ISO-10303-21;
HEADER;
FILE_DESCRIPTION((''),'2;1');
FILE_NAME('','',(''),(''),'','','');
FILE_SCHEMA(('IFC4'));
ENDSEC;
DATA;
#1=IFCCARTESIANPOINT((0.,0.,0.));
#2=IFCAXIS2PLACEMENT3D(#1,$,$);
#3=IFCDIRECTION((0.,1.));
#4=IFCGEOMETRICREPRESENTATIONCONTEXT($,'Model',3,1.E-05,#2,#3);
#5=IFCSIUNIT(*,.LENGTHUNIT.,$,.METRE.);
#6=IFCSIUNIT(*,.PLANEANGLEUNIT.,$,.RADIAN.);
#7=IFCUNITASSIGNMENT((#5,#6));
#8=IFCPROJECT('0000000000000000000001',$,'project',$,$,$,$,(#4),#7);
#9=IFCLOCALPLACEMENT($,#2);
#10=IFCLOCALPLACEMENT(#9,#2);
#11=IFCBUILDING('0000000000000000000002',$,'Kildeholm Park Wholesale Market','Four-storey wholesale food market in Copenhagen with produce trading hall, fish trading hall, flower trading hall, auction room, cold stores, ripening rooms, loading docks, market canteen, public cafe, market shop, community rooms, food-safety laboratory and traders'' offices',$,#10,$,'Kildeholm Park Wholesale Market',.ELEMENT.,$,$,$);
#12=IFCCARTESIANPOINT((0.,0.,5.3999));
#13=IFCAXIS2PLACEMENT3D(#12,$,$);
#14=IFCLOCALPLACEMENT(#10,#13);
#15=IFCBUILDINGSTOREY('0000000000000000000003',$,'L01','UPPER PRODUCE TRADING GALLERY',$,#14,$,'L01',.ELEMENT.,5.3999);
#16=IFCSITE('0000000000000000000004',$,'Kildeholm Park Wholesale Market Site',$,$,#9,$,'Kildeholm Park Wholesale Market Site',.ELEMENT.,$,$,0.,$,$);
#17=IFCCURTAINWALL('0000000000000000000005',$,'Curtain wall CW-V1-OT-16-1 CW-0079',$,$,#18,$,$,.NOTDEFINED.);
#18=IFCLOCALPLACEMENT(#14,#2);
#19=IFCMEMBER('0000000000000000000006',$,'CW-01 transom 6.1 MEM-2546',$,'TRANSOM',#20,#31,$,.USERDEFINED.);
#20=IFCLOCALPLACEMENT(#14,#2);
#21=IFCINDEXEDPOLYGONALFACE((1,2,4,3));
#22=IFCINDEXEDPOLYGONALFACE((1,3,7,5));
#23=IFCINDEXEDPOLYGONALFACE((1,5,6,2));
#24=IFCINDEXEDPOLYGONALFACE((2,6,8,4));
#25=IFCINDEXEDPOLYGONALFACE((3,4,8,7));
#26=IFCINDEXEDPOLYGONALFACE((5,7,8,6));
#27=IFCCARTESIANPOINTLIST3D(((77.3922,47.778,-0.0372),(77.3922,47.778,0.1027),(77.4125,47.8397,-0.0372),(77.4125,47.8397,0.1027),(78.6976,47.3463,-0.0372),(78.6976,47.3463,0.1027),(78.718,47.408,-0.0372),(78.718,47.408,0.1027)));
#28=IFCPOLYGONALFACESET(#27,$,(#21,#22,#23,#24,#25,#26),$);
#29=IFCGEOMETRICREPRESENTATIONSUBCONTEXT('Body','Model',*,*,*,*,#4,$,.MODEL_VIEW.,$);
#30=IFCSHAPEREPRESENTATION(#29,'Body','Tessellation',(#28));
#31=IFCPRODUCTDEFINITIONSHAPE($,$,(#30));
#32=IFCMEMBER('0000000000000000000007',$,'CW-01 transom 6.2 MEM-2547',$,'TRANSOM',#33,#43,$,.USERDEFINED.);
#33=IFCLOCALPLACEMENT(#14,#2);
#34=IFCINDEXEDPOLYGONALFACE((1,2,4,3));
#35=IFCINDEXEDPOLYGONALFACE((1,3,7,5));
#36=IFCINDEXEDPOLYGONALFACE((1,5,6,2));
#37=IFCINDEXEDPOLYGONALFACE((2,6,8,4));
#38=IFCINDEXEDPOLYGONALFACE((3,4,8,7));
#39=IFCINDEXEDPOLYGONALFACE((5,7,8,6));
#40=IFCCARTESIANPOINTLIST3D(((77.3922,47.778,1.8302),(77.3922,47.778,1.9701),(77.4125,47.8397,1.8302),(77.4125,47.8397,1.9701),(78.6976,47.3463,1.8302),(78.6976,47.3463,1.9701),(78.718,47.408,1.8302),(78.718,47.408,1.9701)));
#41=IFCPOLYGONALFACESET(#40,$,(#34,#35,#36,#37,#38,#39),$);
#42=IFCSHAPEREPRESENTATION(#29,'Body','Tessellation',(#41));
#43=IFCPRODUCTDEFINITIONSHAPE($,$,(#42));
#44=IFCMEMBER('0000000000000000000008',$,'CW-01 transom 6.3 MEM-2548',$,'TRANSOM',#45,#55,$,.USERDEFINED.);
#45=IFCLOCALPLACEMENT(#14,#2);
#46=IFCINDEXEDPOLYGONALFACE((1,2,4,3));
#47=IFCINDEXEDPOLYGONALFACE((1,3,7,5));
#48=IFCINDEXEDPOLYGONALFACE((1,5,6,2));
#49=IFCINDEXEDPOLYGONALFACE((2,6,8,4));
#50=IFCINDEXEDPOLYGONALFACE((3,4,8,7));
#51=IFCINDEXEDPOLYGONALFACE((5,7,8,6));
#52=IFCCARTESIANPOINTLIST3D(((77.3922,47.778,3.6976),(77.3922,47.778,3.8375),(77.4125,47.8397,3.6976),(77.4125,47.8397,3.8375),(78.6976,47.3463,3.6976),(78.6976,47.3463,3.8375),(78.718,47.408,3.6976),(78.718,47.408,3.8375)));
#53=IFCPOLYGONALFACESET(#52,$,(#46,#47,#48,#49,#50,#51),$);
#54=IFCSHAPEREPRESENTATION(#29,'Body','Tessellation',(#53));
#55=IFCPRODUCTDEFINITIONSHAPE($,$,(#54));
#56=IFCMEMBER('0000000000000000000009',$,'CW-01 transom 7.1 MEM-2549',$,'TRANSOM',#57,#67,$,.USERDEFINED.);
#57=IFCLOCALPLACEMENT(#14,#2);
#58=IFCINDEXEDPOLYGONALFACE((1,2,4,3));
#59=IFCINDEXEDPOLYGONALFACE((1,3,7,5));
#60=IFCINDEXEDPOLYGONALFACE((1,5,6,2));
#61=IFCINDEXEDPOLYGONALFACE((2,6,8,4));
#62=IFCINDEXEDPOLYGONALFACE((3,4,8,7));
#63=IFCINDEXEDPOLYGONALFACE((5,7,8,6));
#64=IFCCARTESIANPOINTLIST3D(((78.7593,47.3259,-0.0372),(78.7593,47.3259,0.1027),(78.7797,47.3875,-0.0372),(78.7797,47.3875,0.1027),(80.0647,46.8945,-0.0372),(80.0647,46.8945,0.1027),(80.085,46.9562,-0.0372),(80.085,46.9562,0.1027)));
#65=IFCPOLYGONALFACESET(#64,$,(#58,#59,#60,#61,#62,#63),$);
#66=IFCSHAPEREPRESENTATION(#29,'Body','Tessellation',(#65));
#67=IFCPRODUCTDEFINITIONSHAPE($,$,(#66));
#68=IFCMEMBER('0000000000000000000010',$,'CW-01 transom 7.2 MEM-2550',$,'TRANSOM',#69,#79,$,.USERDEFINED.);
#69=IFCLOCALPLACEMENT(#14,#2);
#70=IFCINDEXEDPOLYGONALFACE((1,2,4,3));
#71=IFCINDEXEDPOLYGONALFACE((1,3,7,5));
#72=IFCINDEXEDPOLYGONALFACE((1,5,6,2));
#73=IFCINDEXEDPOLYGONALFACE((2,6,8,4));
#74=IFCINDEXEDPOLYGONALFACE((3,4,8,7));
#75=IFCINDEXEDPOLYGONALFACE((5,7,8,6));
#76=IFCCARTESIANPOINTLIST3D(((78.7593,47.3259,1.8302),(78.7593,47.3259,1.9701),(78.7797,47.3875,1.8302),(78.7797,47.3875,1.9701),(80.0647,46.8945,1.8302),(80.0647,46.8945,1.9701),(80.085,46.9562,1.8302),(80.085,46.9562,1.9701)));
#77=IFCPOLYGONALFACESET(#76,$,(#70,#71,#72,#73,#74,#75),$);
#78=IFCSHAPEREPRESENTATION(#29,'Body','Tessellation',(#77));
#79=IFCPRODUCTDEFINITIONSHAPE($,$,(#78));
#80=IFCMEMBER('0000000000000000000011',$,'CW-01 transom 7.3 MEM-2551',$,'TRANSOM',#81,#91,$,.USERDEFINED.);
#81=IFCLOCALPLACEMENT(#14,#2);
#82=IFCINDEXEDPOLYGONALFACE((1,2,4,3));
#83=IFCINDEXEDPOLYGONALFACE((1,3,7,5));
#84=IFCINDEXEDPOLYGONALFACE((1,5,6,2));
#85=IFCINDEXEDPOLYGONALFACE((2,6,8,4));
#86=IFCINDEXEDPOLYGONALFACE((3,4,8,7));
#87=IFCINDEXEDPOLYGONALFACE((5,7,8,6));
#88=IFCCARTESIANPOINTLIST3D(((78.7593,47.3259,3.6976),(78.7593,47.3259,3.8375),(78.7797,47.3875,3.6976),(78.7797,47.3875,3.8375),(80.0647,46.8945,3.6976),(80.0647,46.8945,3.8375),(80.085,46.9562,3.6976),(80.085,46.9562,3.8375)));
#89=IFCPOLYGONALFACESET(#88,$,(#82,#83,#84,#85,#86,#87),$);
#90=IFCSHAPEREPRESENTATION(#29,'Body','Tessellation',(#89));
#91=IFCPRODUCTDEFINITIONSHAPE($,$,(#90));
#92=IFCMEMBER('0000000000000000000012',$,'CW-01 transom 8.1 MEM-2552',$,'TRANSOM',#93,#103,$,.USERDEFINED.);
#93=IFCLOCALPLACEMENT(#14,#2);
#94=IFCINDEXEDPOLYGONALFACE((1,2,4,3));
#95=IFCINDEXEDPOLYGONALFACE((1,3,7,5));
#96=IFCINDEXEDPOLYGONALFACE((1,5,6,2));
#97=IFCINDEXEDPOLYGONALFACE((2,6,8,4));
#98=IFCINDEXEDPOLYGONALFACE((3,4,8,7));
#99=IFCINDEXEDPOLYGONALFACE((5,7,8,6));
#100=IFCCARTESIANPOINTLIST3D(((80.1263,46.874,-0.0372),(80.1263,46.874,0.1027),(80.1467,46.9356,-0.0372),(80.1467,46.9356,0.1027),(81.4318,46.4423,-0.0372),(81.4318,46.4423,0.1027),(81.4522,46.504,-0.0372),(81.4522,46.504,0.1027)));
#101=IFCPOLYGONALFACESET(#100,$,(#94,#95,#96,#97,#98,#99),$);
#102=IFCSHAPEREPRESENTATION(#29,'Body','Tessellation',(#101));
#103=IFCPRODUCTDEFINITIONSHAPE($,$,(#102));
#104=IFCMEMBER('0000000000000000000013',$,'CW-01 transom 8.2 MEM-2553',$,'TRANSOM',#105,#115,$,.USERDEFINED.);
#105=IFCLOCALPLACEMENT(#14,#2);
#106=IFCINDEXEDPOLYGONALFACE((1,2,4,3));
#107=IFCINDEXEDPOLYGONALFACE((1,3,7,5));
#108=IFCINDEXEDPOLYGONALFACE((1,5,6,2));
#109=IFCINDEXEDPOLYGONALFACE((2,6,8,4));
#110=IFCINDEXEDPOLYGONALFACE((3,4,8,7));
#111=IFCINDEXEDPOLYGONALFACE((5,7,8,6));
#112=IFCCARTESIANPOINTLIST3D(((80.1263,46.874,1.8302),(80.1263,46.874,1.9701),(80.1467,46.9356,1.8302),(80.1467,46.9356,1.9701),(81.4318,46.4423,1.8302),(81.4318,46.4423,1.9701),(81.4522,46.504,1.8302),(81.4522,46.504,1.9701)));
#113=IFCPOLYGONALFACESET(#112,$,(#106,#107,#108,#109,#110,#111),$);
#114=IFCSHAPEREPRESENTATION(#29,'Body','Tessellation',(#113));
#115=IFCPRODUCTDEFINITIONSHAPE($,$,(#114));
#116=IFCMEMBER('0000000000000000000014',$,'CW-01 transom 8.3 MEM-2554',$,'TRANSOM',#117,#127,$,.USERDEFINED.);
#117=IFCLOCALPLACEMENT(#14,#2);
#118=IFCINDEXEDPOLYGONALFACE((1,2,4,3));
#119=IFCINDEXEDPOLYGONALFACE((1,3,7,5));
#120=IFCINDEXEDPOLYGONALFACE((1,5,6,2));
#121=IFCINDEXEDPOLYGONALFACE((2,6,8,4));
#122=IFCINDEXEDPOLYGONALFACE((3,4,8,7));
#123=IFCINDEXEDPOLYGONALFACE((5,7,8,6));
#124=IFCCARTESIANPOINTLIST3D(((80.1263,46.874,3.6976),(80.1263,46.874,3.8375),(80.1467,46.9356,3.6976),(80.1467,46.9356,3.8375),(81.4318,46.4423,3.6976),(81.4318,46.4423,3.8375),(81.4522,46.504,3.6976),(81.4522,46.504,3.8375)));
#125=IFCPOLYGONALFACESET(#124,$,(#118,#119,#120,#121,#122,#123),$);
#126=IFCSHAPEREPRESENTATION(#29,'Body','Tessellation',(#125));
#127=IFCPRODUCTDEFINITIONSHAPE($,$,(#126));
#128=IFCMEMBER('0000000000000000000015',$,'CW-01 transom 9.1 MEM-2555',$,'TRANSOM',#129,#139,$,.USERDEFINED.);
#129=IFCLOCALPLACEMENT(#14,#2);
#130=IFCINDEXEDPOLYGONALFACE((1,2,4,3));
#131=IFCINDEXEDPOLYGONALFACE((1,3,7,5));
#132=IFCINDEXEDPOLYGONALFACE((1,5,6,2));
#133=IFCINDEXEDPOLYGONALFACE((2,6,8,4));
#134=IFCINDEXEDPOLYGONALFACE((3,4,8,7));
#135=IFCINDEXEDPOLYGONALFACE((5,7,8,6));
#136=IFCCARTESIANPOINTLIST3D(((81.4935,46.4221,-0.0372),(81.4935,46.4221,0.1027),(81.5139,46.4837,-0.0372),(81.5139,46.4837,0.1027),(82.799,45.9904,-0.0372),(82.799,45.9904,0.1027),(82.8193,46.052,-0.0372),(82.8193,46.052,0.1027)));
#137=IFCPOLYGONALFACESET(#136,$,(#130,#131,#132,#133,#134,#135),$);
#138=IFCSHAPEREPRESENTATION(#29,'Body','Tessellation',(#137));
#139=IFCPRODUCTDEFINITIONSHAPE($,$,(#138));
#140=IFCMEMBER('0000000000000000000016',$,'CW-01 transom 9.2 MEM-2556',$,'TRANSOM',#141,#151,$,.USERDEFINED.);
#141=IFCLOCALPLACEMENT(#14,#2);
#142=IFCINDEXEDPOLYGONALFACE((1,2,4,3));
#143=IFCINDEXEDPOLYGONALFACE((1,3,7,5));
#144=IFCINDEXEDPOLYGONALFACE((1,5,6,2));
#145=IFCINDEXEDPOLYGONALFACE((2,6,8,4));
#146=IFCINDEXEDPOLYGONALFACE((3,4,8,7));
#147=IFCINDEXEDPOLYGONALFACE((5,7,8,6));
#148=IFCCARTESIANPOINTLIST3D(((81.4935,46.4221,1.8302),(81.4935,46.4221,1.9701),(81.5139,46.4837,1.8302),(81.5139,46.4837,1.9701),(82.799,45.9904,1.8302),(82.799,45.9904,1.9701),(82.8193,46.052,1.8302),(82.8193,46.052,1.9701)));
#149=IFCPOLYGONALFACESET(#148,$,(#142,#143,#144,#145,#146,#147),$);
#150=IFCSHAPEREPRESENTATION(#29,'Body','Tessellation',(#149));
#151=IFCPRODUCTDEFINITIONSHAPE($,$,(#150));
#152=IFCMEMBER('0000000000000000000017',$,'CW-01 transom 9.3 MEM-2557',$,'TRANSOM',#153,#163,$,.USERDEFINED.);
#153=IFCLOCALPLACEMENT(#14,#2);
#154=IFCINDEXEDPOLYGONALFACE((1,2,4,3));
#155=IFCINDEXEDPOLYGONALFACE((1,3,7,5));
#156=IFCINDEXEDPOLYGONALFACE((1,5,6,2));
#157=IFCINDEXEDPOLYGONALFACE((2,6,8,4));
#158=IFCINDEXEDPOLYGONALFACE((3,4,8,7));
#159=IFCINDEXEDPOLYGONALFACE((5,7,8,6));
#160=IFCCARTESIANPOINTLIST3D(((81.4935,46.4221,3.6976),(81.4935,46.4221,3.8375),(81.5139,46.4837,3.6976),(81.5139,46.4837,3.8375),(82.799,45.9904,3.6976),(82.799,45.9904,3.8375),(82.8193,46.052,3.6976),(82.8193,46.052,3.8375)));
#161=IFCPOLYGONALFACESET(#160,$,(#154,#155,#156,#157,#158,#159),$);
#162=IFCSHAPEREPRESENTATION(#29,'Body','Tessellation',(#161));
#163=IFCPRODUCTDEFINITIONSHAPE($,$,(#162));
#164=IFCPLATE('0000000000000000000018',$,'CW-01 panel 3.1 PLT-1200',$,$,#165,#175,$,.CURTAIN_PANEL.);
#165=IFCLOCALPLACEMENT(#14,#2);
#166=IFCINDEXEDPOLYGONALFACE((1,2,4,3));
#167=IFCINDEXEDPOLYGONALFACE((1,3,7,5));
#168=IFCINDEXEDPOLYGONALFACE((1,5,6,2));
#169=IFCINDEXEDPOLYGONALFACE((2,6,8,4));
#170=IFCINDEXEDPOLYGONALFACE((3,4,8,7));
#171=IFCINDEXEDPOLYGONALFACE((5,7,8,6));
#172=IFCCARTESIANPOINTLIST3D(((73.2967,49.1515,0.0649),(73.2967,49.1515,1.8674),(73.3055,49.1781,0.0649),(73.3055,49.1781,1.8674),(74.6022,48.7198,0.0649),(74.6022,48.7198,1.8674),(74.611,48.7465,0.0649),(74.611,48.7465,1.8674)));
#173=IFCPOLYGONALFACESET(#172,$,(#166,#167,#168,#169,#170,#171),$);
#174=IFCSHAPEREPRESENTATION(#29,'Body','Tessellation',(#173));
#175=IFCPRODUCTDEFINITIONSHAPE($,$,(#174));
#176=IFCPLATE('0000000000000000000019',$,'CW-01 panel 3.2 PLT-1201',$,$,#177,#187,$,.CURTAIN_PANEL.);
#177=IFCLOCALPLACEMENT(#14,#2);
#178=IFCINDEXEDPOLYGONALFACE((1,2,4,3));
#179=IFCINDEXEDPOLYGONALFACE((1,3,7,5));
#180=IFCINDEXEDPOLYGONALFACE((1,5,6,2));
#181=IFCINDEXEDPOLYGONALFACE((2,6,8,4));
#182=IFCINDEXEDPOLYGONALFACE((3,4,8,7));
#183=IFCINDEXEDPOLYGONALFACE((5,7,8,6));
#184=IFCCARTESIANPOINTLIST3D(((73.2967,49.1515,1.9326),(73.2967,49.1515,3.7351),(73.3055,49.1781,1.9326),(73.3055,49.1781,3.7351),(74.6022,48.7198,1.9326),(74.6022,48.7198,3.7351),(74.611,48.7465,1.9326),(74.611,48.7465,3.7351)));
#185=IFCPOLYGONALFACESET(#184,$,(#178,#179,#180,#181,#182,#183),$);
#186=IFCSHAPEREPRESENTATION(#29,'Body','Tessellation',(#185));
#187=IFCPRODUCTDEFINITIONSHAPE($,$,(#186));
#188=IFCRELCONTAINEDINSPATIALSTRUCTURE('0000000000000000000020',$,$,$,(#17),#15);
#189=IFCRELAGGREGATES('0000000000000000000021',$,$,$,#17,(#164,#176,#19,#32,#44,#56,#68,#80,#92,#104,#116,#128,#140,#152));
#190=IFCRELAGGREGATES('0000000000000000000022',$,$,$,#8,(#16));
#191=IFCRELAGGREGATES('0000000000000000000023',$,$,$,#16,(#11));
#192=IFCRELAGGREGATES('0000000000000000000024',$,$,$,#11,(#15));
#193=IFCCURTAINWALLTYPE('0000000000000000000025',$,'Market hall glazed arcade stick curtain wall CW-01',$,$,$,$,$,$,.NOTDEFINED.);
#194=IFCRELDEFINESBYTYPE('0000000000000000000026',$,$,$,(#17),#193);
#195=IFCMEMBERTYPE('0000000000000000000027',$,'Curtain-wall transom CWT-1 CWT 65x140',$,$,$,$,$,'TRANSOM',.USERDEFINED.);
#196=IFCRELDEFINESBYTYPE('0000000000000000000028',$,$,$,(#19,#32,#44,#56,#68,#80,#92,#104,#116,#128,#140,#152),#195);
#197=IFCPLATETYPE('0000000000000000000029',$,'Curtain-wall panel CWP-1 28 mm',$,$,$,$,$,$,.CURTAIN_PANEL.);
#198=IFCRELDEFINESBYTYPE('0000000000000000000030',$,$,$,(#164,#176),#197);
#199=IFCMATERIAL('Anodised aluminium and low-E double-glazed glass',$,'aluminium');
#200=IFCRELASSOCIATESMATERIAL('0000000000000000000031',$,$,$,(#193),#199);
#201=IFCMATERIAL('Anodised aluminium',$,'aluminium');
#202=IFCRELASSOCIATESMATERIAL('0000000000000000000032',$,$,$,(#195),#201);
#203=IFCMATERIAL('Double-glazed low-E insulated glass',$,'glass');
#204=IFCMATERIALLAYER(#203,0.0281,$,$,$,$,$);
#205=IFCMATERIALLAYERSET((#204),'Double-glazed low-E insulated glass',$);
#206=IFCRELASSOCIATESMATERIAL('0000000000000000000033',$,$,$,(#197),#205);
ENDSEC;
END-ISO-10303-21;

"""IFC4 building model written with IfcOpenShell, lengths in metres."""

from ifc_helpers import new_model, si_unit, direction, frame, origin, origin_2d, place, context, subcontext, project, spatial, rectangle, extrude, material, layer, layer_set, material_profile, profile_set, type_object, element, aggregate, save


model = new_model("IFC4")

# Units and contexts
model_context = context("Model", 3, precision=1e-05, world=origin(), true_north=direction((0.0, 1.0)))
body_context = subcontext(model_context, "Body", "Model", "MODEL_VIEW")
ifc_project = project(units=[si_unit("LENGTHUNIT", "METRE"), si_unit("PLANEANGLEUNIT", "RADIAN")], contexts=[model_context])

# Site, building, storey
site_placement = place(None, origin())
site = spatial("IfcSite", under=ifc_project, at=site_placement, Name="Kildeholm Park Wholesale Market Site", LongName="Kildeholm Park Wholesale Market Site", CompositionType="ELEMENT", RefElevation=0.0)
building_placement = place(site_placement, origin())
building = spatial("IfcBuilding", under=site, at=building_placement, Name="Kildeholm Park Wholesale Market", Description="Four-storey wholesale food market in Copenhagen with produce trading hall, fish trading hall, flower trading hall, auction room, cold stores, ripening rooms, loading docks, market canteen, public cafe, market shop, community rooms, food-safety laboratory and traders' offices", LongName="Kildeholm Park Wholesale Market", CompositionType="ELEMENT")
storey_placement = place(building_placement, frame((0.0, 0.0, 5.3999)))
storey = spatial("IfcBuildingStorey", under=building, at=storey_placement, Name="L01", Description="UPPER PRODUCE TRADING GALLERY", LongName="L01", CompositionType="ELEMENT", Elevation=5.3999)

# Curtain wall, members, plates
ifc_material_1 = material(Name="Anodised aluminium and low-E double-glazed glass", Category="aluminium")
curtain_wall_type = type_object("IfcCurtainWallType", Name="Market hall glazed arcade stick curtain wall CW-01", PredefinedType="NOTDEFINED", material=ifc_material_1)
curtain_wall_placement = place(storey_placement, origin())
curtain_wall = element("IfcCurtainWall", 1, at=curtain_wall_placement, inside=storey, type_object=curtain_wall_type, Name="Curtain wall CW-V1-OT-16-1 CW-0079", PredefinedType="NOTDEFINED")
ifc_material_2 = material(Name="Anodised aluminium", Category="aluminium")
ifc_material_profile_1 = material_profile(ifc_material_2, rectangle(XDim=0.0649, YDim=0.1399, at=origin_2d()), Name="CWT 65x140")
ifc_profile_set_1 = profile_set([ifc_material_profile_1], Name="Anodised aluminium")
member_type_1 = type_object("IfcMemberType", Name="Curtain-wall transom CWT-1 CWT 65x140", ElementType="TRANSOM", PredefinedType="USERDEFINED", material=ifc_profile_set_1)
member_1_placement = place(storey_placement, frame((77.4023, 47.8088, 0.0327), z_axis=(0.949444, -0.313936, 0.0), x_axis=(0.313936, 0.949444, 0.0)))
member_1 = element("IfcMember", 2, at=member_1_placement, type_object=member_type_1, Name="CW-01 transom 6.1 MEM-2546", ObjectType="TRANSOM", PredefinedType="USERDEFINED", context=body_context, shape_type="SweptSolid", body=[
    extrude(rectangle(XDim=0.0649, YDim=0.1399, at=origin_2d()), origin(), (0.0, 0.0, 1.0), 1.375),
])
member_2_placement = place(storey_placement, frame((77.4023, 47.8088, 1.9001), z_axis=(0.949444, -0.313936, 0.0), x_axis=(0.313936, 0.949444, 0.0)))
member_2 = element("IfcMember", 3, at=member_2_placement, type_object=member_type_1, Name="CW-01 transom 6.2 MEM-2547", ObjectType="TRANSOM", PredefinedType="USERDEFINED", context=body_context, shape_type="SweptSolid", body=[
    extrude(rectangle(XDim=0.0649, YDim=0.1399, at=origin_2d()), origin(), (0.0, 0.0, 1.0), 1.375),
])
member_3_placement = place(storey_placement, frame((77.4023, 47.8088, 3.7676), z_axis=(0.949444, -0.313936, 0.0), x_axis=(0.313936, 0.949444, 0.0)))
member_3 = element("IfcMember", 4, at=member_3_placement, type_object=member_type_1, Name="CW-01 transom 6.3 MEM-2548", ObjectType="TRANSOM", PredefinedType="USERDEFINED", context=body_context, shape_type="SweptSolid", body=[
    extrude(rectangle(XDim=0.0649, YDim=0.1399, at=origin_2d()), origin(), (0.0, 0.0, 1.0), 1.375),
])
member_4_placement = place(storey_placement, frame((78.7695, 47.3567, 0.0327), z_axis=(0.949497, -0.313776, 0.0), x_axis=(0.313776, 0.949497, 0.0)))
member_4 = element("IfcMember", 5, at=member_4_placement, type_object=member_type_1, Name="CW-01 transom 7.1 MEM-2549", ObjectType="TRANSOM", PredefinedType="USERDEFINED", context=body_context, shape_type="SweptSolid", body=[
    extrude(rectangle(XDim=0.0649, YDim=0.1399, at=origin_2d()), origin(), (0.0, 0.0, 1.0), 1.3748),
])
member_5_placement = place(storey_placement, frame((78.7695, 47.3567, 1.9001), z_axis=(0.949497, -0.313776, 0.0), x_axis=(0.313776, 0.949497, 0.0)))
member_5 = element("IfcMember", 6, at=member_5_placement, type_object=member_type_1, Name="CW-01 transom 7.2 MEM-2550", ObjectType="TRANSOM", PredefinedType="USERDEFINED", context=body_context, shape_type="SweptSolid", body=[
    extrude(rectangle(XDim=0.0649, YDim=0.1399, at=origin_2d()), origin(), (0.0, 0.0, 1.0), 1.3748),
])
member_6_placement = place(storey_placement, frame((78.7695, 47.3567, 3.7676), z_axis=(0.949497, -0.313776, 0.0), x_axis=(0.313776, 0.949497, 0.0)))
member_6 = element("IfcMember", 7, at=member_6_placement, type_object=member_type_1, Name="CW-01 transom 7.3 MEM-2551", ObjectType="TRANSOM", PredefinedType="USERDEFINED", context=body_context, shape_type="SweptSolid", body=[
    extrude(rectangle(XDim=0.0649, YDim=0.1399, at=origin_2d()), origin(), (0.0, 0.0, 1.0), 1.3748),
])
member_7_placement = place(storey_placement, frame((80.1365, 46.9048, 0.0327), z_axis=(0.949444, -0.313936, 0.0), x_axis=(0.313936, 0.949444, 0.0)))
member_7 = element("IfcMember", 8, at=member_7_placement, type_object=member_type_1, Name="CW-01 transom 8.1 MEM-2552", ObjectType="TRANSOM", PredefinedType="USERDEFINED", context=body_context, shape_type="SweptSolid", body=[
    extrude(rectangle(XDim=0.0649, YDim=0.1399, at=origin_2d()), origin(), (0.0, 0.0, 1.0), 1.375),
])
member_8_placement = place(storey_placement, frame((80.1365, 46.9048, 1.9001), z_axis=(0.949444, -0.313936, 0.0), x_axis=(0.313936, 0.949444, 0.0)))
member_8 = element("IfcMember", 9, at=member_8_placement, type_object=member_type_1, Name="CW-01 transom 8.2 MEM-2553", ObjectType="TRANSOM", PredefinedType="USERDEFINED", context=body_context, shape_type="SweptSolid", body=[
    extrude(rectangle(XDim=0.0649, YDim=0.1399, at=origin_2d()), origin(), (0.0, 0.0, 1.0), 1.375),
])
member_9_placement = place(storey_placement, frame((80.1365, 46.9048, 3.7676), z_axis=(0.949444, -0.313936, 0.0), x_axis=(0.313936, 0.949444, 0.0)))
member_9 = element("IfcMember", 10, at=member_9_placement, type_object=member_type_1, Name="CW-01 transom 8.3 MEM-2554", ObjectType="TRANSOM", PredefinedType="USERDEFINED", context=body_context, shape_type="SweptSolid", body=[
    extrude(rectangle(XDim=0.0649, YDim=0.1399, at=origin_2d()), origin(), (0.0, 0.0, 1.0), 1.375),
])
member_10_placement = place(storey_placement, frame((81.5037, 46.4529, 0.0327), z_axis=(0.949444, -0.313936, 0.0), x_axis=(0.313936, 0.949444, 0.0)))
member_10 = element("IfcMember", 11, at=member_10_placement, type_object=member_type_1, Name="CW-01 transom 9.1 MEM-2555", ObjectType="TRANSOM", PredefinedType="USERDEFINED", context=body_context, shape_type="SweptSolid", body=[
    extrude(rectangle(XDim=0.0649, YDim=0.1399, at=origin_2d()), origin(), (0.0, 0.0, 1.0), 1.375),
])
member_11_placement = place(storey_placement, frame((81.5037, 46.4529, 1.9001), z_axis=(0.949444, -0.313936, 0.0), x_axis=(0.313936, 0.949444, 0.0)))
member_11 = element("IfcMember", 12, at=member_11_placement, type_object=member_type_1, Name="CW-01 transom 9.2 MEM-2556", ObjectType="TRANSOM", PredefinedType="USERDEFINED", context=body_context, shape_type="SweptSolid", body=[
    extrude(rectangle(XDim=0.0649, YDim=0.1399, at=origin_2d()), origin(), (0.0, 0.0, 1.0), 1.375),
])
member_12_placement = place(storey_placement, frame((81.5037, 46.4529, 3.7676), z_axis=(0.949444, -0.313936, 0.0), x_axis=(0.313936, 0.949444, 0.0)))
member_12 = element("IfcMember", 13, at=member_12_placement, type_object=member_type_1, Name="CW-01 transom 9.3 MEM-2557", ObjectType="TRANSOM", PredefinedType="USERDEFINED", context=body_context, shape_type="SweptSolid", body=[
    extrude(rectangle(XDim=0.0649, YDim=0.1399, at=origin_2d()), origin(), (0.0, 0.0, 1.0), 1.375),
])
ifc_material_3 = material(Name="Double-glazed low-E insulated glass", Category="glass")
ifc_layer = layer(ifc_material_3, 0.0281)
ifc_layer_set = layer_set([ifc_layer], Name="Double-glazed low-E insulated glass")
plate_type = type_object("IfcPlateType", Name="Curtain-wall panel CWP-1 28 mm", PredefinedType="CURTAIN_PANEL", material=ifc_layer_set)
plate_1_placement = place(storey_placement, frame((73.9539, 48.949, 0.0649), z_axis=(0.0, 0.0, 1.0), x_axis=(0.949451, -0.313914, 0.0)))
plate_1 = element("IfcPlate", 14, at=plate_1_placement, type_object=plate_type, Name="CW-01 panel 3.1 PLT-1200", PredefinedType="CURTAIN_PANEL", context=body_context, shape_type="SweptSolid", body=[
    extrude(rectangle(XDim=1.375, YDim=0.0281, at=origin_2d()), origin(), (0.0, 0.0, 1.0), 1.8025),
])
plate_2_placement = place(storey_placement, frame((73.9539, 48.949, 1.9326), z_axis=(0.0, 0.0, 1.0), x_axis=(0.949451, -0.313914, 0.0)))
plate_2 = element("IfcPlate", 15, at=plate_2_placement, type_object=plate_type, Name="CW-01 panel 3.2 PLT-1201", PredefinedType="CURTAIN_PANEL", context=body_context, shape_type="SweptSolid", body=[
    extrude(rectangle(XDim=1.375, YDim=0.0281, at=origin_2d()), origin(), (0.0, 0.0, 1.0), 1.8025),
])
aggregate(curtain_wall, [plate_1, plate_2, member_1, member_2, member_3, member_4, member_5, member_6, member_7, member_8, member_9, member_10, member_11, member_12])

save(model, "model.ifc")
